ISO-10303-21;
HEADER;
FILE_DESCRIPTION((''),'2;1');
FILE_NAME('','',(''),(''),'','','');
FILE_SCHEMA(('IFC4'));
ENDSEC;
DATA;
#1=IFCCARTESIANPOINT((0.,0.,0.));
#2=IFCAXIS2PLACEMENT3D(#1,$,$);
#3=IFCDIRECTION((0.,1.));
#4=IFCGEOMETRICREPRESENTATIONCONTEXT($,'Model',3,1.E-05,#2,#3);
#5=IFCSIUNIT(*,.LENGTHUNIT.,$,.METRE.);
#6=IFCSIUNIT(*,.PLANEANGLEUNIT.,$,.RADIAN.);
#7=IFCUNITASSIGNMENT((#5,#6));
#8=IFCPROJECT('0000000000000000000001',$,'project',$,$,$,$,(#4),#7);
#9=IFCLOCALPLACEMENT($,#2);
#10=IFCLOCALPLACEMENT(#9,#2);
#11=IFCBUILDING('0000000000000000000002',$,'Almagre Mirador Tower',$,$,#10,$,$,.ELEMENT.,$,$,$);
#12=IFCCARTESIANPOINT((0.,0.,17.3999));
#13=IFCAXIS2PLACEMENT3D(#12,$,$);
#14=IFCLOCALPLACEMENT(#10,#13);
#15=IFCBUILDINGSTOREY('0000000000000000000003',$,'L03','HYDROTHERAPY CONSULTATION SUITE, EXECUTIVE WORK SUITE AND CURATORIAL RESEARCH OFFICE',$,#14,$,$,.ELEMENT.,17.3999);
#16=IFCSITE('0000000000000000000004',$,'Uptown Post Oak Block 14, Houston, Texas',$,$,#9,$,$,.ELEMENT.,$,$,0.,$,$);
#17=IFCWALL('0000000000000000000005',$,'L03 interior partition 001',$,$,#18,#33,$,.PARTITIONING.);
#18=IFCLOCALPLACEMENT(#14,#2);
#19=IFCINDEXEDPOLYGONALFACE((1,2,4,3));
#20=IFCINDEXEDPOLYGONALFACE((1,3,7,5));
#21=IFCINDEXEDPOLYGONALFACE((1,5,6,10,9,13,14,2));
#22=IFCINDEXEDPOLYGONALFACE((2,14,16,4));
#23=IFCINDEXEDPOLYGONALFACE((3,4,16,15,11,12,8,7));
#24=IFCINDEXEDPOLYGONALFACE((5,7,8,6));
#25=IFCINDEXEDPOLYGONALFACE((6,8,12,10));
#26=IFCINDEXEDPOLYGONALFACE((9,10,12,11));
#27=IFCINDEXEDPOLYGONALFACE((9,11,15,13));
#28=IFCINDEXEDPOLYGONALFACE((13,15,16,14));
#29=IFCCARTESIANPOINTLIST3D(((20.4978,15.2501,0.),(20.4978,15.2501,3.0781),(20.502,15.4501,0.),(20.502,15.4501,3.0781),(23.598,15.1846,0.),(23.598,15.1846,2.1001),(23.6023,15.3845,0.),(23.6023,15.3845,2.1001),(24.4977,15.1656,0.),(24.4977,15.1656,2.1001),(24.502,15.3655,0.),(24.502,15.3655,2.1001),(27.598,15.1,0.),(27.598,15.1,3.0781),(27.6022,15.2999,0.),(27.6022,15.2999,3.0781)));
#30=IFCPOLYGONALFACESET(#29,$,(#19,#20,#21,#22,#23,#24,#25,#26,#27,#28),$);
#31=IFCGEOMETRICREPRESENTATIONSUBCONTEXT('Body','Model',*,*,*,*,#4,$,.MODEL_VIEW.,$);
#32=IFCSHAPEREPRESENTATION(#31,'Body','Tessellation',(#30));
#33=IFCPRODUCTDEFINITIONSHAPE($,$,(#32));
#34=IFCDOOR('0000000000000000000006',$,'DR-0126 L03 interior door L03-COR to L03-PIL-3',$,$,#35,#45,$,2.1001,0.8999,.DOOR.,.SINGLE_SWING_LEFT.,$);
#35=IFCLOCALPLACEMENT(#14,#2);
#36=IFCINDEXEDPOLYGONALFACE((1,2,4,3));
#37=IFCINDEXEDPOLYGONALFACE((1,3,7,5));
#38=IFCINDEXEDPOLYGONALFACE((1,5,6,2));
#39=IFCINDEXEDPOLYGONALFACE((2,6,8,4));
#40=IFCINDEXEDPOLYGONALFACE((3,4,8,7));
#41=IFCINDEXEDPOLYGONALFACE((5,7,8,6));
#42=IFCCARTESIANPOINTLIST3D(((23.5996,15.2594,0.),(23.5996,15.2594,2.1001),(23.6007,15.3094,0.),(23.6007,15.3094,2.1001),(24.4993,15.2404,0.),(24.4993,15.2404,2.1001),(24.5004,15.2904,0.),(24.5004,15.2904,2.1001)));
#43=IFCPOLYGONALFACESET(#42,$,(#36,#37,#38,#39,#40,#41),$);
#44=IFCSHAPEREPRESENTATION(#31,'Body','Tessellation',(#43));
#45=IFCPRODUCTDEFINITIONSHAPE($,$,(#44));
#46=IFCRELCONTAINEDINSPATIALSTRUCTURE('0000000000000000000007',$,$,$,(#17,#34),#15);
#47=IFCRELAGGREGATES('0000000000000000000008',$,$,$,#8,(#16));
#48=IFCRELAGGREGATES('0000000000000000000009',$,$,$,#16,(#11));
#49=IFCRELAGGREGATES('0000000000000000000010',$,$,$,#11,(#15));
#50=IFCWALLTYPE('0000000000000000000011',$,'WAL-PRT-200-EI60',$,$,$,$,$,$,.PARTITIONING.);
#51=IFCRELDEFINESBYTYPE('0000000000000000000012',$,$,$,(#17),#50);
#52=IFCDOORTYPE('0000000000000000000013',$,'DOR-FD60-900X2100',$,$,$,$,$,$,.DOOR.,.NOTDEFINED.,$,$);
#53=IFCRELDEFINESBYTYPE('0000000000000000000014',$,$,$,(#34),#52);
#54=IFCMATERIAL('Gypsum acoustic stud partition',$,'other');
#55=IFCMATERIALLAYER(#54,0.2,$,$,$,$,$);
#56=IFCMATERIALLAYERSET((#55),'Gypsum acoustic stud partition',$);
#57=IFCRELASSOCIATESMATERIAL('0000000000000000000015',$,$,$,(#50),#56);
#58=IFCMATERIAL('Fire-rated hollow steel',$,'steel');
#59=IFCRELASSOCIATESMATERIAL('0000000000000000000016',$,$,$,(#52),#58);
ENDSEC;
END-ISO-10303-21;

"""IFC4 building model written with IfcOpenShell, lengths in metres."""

from ifc_helpers import new_model, si_unit, direction, frame, frame_2d, origin, place, context, subcontext, project, spatial, rectangle, extrude, material, layer, layer_set, type_object, element, fill, save


model = new_model("IFC4")

# Units and contexts
model_context = context("Model", 3, precision=1e-05, world=origin(), true_north=direction((0.0, 1.0)))
body_context = subcontext(model_context, "Body", "Model", "MODEL_VIEW")
ifc_project = project(units=[si_unit("LENGTHUNIT", "METRE"), si_unit("PLANEANGLEUNIT", "RADIAN")], contexts=[model_context])

# Site, building, storey
site_placement = place(None, origin())
site = spatial("IfcSite", under=ifc_project, at=site_placement, Name="Uptown Post Oak Block 14, Houston, Texas", CompositionType="ELEMENT", RefElevation=0.0)
building_placement = place(site_placement, origin())
building = spatial("IfcBuilding", under=site, at=building_placement, Name="Almagre Mirador Tower", CompositionType="ELEMENT")
storey_placement = place(building_placement, frame((0.0, 0.0, 17.3999)))
storey = spatial("IfcBuildingStorey", under=building, at=storey_placement, Name="L03", Description="HYDROTHERAPY CONSULTATION SUITE, EXECUTIVE WORK SUITE AND CURATORIAL RESEARCH OFFICE", CompositionType="ELEMENT", Elevation=17.3999)

# Wall, opening, door
ifc_material_1 = material(Name="Gypsum acoustic stud partition", Category="other")
ifc_layer_1 = layer(ifc_material_1, 0.2)
ifc_layer_set_1 = layer_set([ifc_layer_1], Name="Gypsum acoustic stud partition")
wall_type_1 = type_object("IfcWallType", Name="WAL-PRT-200-EI60", PredefinedType="PARTITIONING", material=ifc_layer_set_1)
wall_1_placement = place(storey_placement, frame((20.5, 15.3501, 0.0), z_axis=(0.0, 0.0, 1.0), x_axis=(0.999776, -0.021142, 0.0)))
wall_1 = element("IfcWall", 1, at=wall_1_placement, inside=storey, type_object=wall_type_1, Name="L03 interior partition 001", PredefinedType="PARTITIONING", context=body_context, shape_type="SweptSolid", body=[
    extrude(rectangle(XDim=7.1018, YDim=0.2, at=frame_2d((3.5508, 0.0))), origin(), (0.0, 0.0, 1.0), 3.0781),
])
opening_1_placement = place(wall_1_placement, frame((3.1008, 0.0, 0.0)))
opening_1 = element("IfcOpeningElement", 2, at=opening_1_placement, cuts=wall_1, PredefinedType="OPENING", context=body_context, shape_type="SweptSolid", body=[
    extrude(rectangle(XDim=0.8999, YDim=2.1001, at=frame_2d((0.45, 1.05))), frame((0.0, 0.1101, 0.0), z_axis=(0.0, -1.0, 0.0), x_axis=(1.0, 0.0, 0.0)), (0.0, 0.0, 1.0), 0.22),
])
ifc_material_2 = material(Name="Fire-rated hollow steel", Category="steel")
door_type = type_object("IfcDoorType", Name="DOR-FD60-900X2100", OperationType="NOTDEFINED", PredefinedType="DOOR", material=ifc_material_2)
door_placement = place(opening_1_placement, origin())
door = element("IfcDoor", 3, at=door_placement, inside=storey, type_object=door_type, Name="DR-0126 L03 interior door L03-COR to L03-PIL-3", OperationType="SINGLE_SWING_LEFT", OverallHeight=2.1001, OverallWidth=0.8999, PredefinedType="DOOR", context=body_context, shape_type="SweptSolid", body=[
    extrude(rectangle(XDim=0.8999, YDim=2.1001, at=frame_2d((0.45, 1.05))), frame((0.0, 0.0249, 0.0), z_axis=(0.0, -1.0, 0.0), x_axis=(1.0, 0.0, 0.0)), (0.0, 0.0, 1.0), 0.05),
])
fill(opening_1, door)

save(model, "model.ifc")
